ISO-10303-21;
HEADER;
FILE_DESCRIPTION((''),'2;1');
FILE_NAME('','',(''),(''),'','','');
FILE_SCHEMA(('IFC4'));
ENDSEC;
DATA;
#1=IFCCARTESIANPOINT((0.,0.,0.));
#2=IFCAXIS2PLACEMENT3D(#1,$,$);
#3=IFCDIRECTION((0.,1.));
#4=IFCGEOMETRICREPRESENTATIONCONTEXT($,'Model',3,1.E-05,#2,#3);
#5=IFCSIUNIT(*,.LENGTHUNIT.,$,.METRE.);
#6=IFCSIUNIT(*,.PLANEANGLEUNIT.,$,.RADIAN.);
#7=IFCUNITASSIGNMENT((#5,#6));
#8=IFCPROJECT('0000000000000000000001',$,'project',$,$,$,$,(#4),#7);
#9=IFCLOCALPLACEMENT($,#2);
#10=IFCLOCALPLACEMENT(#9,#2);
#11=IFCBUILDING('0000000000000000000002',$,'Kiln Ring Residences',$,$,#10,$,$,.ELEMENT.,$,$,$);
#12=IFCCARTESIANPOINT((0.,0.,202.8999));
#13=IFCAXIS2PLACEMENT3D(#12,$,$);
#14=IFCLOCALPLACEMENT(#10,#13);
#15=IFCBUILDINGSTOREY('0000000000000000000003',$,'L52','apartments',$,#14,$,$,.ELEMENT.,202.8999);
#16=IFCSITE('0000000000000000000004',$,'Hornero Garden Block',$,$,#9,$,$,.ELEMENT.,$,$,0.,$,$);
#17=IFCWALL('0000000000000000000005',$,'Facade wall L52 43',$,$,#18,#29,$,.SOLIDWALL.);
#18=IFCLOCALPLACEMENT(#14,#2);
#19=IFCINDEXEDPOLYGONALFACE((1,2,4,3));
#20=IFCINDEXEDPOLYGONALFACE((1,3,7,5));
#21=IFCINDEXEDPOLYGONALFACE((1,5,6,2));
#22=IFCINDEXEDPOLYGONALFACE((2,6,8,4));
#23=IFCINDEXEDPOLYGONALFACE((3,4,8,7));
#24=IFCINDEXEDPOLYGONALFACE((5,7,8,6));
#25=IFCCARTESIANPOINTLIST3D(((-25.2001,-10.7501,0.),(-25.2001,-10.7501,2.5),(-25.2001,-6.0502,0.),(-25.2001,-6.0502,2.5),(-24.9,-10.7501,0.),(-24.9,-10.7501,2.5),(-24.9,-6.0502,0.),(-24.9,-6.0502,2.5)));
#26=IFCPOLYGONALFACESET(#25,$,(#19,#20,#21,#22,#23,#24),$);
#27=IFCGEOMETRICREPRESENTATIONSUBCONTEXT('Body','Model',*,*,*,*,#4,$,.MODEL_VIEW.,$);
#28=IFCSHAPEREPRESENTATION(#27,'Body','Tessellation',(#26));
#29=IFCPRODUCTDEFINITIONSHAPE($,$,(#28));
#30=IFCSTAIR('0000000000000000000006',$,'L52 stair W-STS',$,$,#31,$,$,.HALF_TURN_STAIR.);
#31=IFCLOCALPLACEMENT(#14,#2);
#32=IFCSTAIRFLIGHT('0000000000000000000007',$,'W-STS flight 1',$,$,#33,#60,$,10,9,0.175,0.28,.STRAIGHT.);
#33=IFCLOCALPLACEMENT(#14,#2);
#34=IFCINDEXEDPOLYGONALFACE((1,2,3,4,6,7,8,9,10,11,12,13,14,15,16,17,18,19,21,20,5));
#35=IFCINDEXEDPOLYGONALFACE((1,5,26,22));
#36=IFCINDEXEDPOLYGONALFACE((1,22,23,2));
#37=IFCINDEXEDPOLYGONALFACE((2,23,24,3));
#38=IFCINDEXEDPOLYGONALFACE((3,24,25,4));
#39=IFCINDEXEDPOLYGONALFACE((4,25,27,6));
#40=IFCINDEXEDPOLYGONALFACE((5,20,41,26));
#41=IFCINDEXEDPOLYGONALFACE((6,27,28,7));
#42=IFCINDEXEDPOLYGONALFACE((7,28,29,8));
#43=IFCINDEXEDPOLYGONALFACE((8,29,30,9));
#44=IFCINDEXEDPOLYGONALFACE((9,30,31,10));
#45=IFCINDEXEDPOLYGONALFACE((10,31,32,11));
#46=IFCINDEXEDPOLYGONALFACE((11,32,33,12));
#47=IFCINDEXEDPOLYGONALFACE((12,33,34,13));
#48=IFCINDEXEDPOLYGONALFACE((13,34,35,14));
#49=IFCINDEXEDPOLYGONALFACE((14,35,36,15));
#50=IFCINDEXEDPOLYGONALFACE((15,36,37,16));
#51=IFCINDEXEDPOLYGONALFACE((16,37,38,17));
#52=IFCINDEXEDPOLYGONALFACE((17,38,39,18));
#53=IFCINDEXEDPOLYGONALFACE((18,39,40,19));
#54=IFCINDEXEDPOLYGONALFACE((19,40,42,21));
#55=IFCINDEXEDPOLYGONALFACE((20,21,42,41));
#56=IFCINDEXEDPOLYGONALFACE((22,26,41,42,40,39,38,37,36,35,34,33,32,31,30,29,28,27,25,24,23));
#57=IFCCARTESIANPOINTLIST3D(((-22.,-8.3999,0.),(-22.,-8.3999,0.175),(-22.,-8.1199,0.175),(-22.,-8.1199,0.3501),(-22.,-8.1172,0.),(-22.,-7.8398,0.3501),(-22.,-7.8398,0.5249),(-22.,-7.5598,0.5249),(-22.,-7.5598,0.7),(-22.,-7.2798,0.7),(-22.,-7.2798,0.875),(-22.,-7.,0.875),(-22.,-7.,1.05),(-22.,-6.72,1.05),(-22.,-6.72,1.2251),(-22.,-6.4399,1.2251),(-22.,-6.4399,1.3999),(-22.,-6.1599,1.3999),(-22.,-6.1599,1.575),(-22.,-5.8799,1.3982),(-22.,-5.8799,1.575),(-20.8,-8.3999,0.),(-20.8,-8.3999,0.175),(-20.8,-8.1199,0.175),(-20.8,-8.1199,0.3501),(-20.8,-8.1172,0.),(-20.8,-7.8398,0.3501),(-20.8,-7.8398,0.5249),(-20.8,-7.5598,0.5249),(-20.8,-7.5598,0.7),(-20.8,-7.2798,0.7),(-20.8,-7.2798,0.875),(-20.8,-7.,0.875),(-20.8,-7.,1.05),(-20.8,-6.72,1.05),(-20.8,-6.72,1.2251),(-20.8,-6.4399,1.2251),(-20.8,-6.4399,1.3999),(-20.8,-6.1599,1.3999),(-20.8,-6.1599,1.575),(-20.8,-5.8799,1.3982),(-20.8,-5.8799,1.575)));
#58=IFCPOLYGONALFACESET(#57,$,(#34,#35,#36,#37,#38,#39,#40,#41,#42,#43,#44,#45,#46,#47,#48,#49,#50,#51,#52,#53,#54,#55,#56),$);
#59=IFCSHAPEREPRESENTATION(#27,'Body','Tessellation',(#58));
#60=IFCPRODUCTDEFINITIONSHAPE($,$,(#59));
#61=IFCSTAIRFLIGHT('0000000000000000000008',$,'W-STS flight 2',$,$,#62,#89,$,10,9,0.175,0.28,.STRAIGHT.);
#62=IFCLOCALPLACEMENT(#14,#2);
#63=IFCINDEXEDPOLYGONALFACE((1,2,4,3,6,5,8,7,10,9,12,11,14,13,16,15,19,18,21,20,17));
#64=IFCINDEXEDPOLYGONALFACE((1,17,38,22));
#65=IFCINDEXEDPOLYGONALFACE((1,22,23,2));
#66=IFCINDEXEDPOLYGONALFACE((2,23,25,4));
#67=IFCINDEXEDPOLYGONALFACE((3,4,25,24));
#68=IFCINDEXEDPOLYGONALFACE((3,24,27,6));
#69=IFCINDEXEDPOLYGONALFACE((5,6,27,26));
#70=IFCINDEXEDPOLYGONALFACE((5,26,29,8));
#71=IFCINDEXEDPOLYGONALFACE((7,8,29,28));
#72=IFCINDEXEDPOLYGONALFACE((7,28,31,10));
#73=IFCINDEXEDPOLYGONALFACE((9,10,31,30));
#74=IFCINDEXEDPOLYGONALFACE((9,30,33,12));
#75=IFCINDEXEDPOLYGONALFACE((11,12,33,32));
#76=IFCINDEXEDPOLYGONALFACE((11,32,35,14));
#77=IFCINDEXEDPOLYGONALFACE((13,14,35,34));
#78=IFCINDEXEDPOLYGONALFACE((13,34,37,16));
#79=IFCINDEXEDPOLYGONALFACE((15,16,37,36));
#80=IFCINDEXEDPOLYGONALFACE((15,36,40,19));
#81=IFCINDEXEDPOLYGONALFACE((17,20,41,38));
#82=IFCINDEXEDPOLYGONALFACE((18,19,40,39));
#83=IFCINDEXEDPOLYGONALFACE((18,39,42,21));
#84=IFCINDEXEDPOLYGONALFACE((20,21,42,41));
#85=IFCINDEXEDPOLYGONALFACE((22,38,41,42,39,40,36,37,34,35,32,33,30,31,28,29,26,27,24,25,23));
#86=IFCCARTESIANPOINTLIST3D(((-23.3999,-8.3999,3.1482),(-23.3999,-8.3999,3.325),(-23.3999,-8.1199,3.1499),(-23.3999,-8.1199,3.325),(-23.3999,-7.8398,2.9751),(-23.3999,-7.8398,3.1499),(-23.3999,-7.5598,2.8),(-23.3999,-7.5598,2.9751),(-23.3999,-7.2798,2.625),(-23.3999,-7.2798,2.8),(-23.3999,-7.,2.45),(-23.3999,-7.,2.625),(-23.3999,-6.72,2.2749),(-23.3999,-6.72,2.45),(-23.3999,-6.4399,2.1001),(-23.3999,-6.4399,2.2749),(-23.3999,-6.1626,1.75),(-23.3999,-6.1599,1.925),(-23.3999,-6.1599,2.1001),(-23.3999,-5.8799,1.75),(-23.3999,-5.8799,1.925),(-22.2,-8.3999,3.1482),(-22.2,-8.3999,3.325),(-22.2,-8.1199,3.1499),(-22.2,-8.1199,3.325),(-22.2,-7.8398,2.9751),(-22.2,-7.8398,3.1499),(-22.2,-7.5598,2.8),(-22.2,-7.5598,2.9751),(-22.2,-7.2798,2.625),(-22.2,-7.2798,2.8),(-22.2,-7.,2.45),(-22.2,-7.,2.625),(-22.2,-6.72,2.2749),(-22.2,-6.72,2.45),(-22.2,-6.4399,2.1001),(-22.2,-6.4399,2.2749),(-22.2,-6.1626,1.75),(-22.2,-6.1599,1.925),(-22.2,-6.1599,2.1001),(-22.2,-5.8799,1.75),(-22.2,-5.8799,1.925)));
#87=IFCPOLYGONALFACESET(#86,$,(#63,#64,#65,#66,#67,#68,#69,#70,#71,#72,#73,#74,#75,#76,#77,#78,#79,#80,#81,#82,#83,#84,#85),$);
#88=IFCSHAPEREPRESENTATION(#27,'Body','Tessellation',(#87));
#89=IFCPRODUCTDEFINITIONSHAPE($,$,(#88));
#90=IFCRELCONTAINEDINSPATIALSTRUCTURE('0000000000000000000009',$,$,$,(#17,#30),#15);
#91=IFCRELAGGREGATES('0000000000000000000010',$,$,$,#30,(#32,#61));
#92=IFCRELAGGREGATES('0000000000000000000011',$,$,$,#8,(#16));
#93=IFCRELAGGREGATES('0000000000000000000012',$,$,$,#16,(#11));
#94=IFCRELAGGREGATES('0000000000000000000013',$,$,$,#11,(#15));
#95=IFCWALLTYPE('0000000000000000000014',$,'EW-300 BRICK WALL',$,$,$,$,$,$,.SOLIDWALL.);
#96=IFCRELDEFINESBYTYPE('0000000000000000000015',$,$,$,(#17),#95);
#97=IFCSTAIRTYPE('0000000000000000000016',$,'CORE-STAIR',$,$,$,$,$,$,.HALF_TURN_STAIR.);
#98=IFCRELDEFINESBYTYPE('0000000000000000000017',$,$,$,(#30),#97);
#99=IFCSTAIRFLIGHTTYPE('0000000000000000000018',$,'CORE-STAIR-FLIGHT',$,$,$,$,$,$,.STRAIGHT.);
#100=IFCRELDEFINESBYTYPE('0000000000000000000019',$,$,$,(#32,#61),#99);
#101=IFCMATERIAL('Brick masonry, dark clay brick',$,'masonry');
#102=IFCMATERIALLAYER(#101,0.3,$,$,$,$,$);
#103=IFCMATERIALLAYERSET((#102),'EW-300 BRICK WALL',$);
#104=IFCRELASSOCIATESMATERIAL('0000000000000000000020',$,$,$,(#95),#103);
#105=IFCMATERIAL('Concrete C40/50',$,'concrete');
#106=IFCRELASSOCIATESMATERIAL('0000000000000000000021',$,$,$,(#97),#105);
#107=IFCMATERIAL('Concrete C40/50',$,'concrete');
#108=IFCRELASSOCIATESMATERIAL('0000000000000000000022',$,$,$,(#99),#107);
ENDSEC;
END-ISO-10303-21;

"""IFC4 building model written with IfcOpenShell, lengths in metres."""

from ifc_helpers import new_model, si_unit, direction, frame, frame_2d, origin, place, context, subcontext, project, spatial, polyline, rectangle, outline, extrude, material, layer, layer_set, type_object, element, aggregate, save


model = new_model("IFC4")

# Units and contexts
model_context = context("Model", 3, precision=1e-05, world=origin(), true_north=direction((0.0, 1.0)))
body_context = subcontext(model_context, "Body", "Model", "MODEL_VIEW")
ifc_project = project(units=[si_unit("LENGTHUNIT", "METRE"), si_unit("PLANEANGLEUNIT", "RADIAN")], contexts=[model_context])

# Site, building, storey
site_placement = place(None, origin())
site = spatial("IfcSite", under=ifc_project, at=site_placement, Name="Hornero Garden Block", CompositionType="ELEMENT", RefElevation=0.0)
building_placement = place(site_placement, origin())
building = spatial("IfcBuilding", under=site, at=building_placement, Name="Kiln Ring Residences", CompositionType="ELEMENT")
storey_placement = place(building_placement, frame((0.0, 0.0, 202.8999)))
storey = spatial("IfcBuildingStorey", under=building, at=storey_placement, Name="L52", Description="apartments", CompositionType="ELEMENT", Elevation=202.8999)

# Wall
ifc_material_1 = material(Name="Brick masonry, dark clay brick", Category="masonry")
ifc_layer_1 = layer(ifc_material_1, 0.3)
ifc_layer_set_1 = layer_set([ifc_layer_1], Name="EW-300 BRICK WALL")
wall_type_1 = type_object("IfcWallType", Name="EW-300 BRICK WALL", PredefinedType="SOLIDWALL", material=ifc_layer_set_1)
for number, where, z_axis, x_axis, name in (
    (1, (-25.05, -6.05, 0.0), (0.0, 0.0, 1.0), (0.0, -1.0, 0.0), "Facade wall L52 43"),
):
    element("IfcWall", number, at=place(storey_placement, frame(where, z_axis=z_axis, x_axis=x_axis)), inside=storey, type_object=wall_type_1, Name=name, PredefinedType="SOLIDWALL", context=body_context, shape_type="SweptSolid", body=[
        extrude(rectangle(XDim=4.7, YDim=0.3, at=frame_2d((2.3501, 0.0))), origin(), (0.0, 0.0, 1.0), 2.5),
    ])

# Stair, stair flights
ifc_material_2 = material(Name="Concrete C40/50", Category="concrete")
stair_type = type_object("IfcStairType", Name="CORE-STAIR", PredefinedType="HALF_TURN_STAIR", material=ifc_material_2)
stair_placement = place(storey_placement, origin())
stair = element("IfcStair", 2, at=stair_placement, inside=storey, type_object=stair_type, Name="L52 stair W-STS", PredefinedType="HALF_TURN_STAIR")
ifc_material_3 = material(Name="Concrete C40/50", Category="concrete")
stair_flight_type = type_object("IfcStairFlightType", Name="CORE-STAIR-FLIGHT", PredefinedType="STRAIGHT", material=ifc_material_3)
stair_flight_1_placement = place(storey_placement, frame((-21.3999, -8.3999, 0.0), z_axis=(0.0, 0.0, 1.0), x_axis=(0.0, 1.0, 0.0)))
stair_flight_1 = element("IfcStairFlight", 3, at=stair_flight_1_placement, type_object=stair_flight_type, Name="W-STS flight 1", NumberOfRisers=10, NumberOfTreads=9, PredefinedType="STRAIGHT", RiserHeight=0.175, TreadLength=0.28, context=body_context, shape_type="SweptSolid", body=[
    extrude(outline(polyline([(0.0, 0.0), (0.0, 0.175), (0.28, 0.175), (0.28, 0.3501), (0.5601, 0.3501), (0.5601, 0.5249), (0.8401, 0.5249), (0.8401, 0.7), (1.1201, 0.7), (1.1201, 0.875), (1.3999, 0.875), (1.3999, 1.05), (1.6799, 1.05), (1.6799, 1.2251), (1.96, 1.2251), (1.96, 1.3999), (2.24, 1.3999), (2.24, 1.575), (2.52, 1.575), (2.52, 1.75), (2.52, 1.3982), (0.2827, 0.0), (0.0, 0.0)])), frame((0.0, 0.6001, 0.0), z_axis=(0.0, -1.0, 0.0), x_axis=(1.0, 0.0, 0.0)), (0.0, 0.0, 1.0), 1.2),
])
stair_flight_2_placement = place(storey_placement, frame((-22.8, -5.8799, 1.75), z_axis=(0.0, 0.0, 1.0), x_axis=(0.0, -1.0, 0.0)))
stair_flight_2 = element("IfcStairFlight", 4, at=stair_flight_2_placement, type_object=stair_flight_type, Name="W-STS flight 2", NumberOfRisers=10, NumberOfTreads=9, PredefinedType="STRAIGHT", RiserHeight=0.175, TreadLength=0.28, context=body_context, shape_type="SweptSolid", body=[
    extrude(outline(polyline([(0.0, 0.0), (0.0, 0.175), (0.28, 0.175), (0.28, 0.3501), (0.5601, 0.3501), (0.5601, 0.5249), (0.8401, 0.5249), (0.8401, 0.7), (1.1201, 0.7), (1.1201, 0.875), (1.3999, 0.875), (1.3999, 1.05), (1.6799, 1.05), (1.6799, 1.2251), (1.96, 1.2251), (1.96, 1.3999), (2.24, 1.3999), (2.24, 1.575), (2.52, 1.575), (2.52, 1.75), (2.52, 1.3982), (0.2827, 0.0), (0.0, 0.0)])), frame((0.0, 0.6001, 0.0), z_axis=(0.0, -1.0, 0.0), x_axis=(1.0, 0.0, 0.0)), (0.0, 0.0, 1.0), 1.2),
])
aggregate(stair, [stair_flight_1, stair_flight_2])

save(model, "model.ifc")
